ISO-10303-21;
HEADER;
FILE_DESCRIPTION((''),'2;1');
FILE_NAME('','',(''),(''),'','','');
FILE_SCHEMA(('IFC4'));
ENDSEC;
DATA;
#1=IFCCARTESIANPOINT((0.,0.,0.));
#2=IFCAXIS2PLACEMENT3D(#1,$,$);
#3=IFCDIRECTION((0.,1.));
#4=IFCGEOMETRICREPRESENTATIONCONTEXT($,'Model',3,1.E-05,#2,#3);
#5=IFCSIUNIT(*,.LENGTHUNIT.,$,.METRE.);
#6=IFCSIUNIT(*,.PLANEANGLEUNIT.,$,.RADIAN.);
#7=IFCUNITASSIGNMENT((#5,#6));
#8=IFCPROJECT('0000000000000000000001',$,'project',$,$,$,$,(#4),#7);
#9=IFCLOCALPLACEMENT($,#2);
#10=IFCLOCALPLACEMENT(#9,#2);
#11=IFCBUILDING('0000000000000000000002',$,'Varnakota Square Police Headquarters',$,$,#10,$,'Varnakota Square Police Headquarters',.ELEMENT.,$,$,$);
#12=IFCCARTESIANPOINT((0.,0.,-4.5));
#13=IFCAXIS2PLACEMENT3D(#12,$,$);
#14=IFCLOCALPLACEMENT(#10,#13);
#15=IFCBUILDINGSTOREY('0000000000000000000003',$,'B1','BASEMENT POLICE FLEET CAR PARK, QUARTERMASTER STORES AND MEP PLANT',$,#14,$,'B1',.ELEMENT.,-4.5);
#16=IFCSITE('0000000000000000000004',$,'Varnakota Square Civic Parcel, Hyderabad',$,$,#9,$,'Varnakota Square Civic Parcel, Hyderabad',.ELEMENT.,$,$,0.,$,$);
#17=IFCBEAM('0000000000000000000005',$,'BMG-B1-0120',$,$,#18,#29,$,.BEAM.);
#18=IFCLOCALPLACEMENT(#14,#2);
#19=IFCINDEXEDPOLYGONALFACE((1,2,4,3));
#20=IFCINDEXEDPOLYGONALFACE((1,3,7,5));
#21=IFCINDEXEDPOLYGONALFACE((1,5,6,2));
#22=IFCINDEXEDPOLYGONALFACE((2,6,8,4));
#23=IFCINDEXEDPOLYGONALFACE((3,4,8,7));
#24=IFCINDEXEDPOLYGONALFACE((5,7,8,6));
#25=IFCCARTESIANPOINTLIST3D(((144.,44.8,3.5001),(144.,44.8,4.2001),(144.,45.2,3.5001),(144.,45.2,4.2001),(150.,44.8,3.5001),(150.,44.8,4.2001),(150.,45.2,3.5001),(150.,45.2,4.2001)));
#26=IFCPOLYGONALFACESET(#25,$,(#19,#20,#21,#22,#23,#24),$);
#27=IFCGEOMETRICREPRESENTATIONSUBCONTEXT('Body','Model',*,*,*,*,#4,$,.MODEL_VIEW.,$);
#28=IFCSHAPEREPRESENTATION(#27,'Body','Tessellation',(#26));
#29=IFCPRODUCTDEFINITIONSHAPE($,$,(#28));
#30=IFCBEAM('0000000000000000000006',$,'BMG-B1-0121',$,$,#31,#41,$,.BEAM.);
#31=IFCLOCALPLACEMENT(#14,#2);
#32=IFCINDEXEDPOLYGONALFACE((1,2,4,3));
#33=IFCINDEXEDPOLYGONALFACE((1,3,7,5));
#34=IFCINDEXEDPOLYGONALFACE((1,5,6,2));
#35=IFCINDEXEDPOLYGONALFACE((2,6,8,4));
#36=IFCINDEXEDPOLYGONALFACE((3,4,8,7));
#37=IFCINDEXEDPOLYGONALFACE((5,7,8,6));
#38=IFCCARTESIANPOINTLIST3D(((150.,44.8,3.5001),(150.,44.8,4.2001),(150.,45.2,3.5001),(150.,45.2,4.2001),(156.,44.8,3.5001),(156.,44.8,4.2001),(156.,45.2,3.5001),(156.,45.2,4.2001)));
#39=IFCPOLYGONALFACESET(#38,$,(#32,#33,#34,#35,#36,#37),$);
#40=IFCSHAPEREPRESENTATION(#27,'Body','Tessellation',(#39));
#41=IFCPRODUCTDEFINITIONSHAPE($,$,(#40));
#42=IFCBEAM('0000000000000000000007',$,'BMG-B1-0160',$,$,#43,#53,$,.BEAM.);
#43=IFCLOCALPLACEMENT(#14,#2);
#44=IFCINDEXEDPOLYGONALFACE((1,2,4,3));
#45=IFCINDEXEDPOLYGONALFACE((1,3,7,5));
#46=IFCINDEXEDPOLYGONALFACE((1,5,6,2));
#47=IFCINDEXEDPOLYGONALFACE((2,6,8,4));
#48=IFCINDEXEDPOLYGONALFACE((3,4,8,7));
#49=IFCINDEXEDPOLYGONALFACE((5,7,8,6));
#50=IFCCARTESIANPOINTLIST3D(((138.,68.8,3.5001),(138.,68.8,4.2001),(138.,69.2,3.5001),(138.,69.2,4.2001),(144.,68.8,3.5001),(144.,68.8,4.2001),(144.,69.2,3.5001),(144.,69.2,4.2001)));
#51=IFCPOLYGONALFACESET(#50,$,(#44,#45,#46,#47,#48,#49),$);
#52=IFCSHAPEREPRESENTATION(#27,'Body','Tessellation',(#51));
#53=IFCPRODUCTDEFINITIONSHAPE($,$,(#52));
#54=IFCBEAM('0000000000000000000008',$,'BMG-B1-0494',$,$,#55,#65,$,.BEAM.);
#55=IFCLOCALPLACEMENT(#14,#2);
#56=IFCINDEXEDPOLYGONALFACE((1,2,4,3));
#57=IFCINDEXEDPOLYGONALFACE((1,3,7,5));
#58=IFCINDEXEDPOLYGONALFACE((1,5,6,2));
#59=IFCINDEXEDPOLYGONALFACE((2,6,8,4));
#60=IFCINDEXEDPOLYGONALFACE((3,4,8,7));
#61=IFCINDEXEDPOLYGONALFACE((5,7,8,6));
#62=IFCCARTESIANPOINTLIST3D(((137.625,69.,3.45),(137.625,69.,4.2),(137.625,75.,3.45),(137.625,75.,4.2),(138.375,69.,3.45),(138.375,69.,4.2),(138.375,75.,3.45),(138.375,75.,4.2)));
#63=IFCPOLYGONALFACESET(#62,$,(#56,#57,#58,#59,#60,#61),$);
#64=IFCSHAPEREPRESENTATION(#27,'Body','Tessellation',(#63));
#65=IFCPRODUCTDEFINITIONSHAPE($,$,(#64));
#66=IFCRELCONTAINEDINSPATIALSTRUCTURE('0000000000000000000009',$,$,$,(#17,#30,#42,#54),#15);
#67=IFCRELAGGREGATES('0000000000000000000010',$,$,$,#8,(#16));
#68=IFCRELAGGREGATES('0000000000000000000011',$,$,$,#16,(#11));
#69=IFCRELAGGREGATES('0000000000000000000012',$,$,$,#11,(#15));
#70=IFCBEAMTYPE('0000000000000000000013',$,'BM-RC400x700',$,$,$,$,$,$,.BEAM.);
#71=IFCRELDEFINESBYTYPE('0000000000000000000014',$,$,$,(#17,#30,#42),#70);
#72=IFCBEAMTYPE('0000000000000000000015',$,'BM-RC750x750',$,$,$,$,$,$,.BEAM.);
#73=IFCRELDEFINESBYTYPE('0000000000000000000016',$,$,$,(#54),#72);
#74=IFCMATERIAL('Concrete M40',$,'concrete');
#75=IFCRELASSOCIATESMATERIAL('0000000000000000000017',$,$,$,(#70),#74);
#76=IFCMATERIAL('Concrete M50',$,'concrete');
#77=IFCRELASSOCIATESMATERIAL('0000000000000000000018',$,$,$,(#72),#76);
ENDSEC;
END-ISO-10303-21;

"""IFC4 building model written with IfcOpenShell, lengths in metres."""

from ifc_helpers import new_model, si_unit, direction, frame, origin, origin_2d, place, context, subcontext, project, spatial, rectangle, extrude, material, material_profile, profile_set, type_object, element, save


model = new_model("IFC4")

# Units and contexts
model_context = context("Model", 3, precision=1e-05, world=origin(), true_north=direction((0.0, 1.0)))
body_context = subcontext(model_context, "Body", "Model", "MODEL_VIEW")
ifc_project = project(units=[si_unit("LENGTHUNIT", "METRE"), si_unit("PLANEANGLEUNIT", "RADIAN")], contexts=[model_context])

# Site, building, storey
site_placement = place(None, origin())
site = spatial("IfcSite", under=ifc_project, at=site_placement, Name="Varnakota Square Civic Parcel, Hyderabad", LongName="Varnakota Square Civic Parcel, Hyderabad", CompositionType="ELEMENT", RefElevation=0.0)
building_placement = place(site_placement, origin())
building = spatial("IfcBuilding", under=site, at=building_placement, Name="Varnakota Square Police Headquarters", LongName="Varnakota Square Police Headquarters", CompositionType="ELEMENT")
storey_placement = place(building_placement, frame((0.0, 0.0, -4.5)))
storey = spatial("IfcBuildingStorey", under=building, at=storey_placement, Name="B1", Description="BASEMENT POLICE FLEET CAR PARK, QUARTERMASTER STORES AND MEP PLANT", LongName="B1", CompositionType="ELEMENT", Elevation=-4.5)

# Shared definitions
ifc_material_1 = material(Name="Concrete M40", Category="concrete")
ifc_material_2 = material(Name="Concrete M50", Category="concrete")

# Beams
ifc_material_profile_1 = material_profile(ifc_material_1, rectangle(XDim=0.3999, YDim=0.7, at=origin_2d()), Name="RC 400x700")
ifc_profile_set_1 = profile_set([ifc_material_profile_1], Name="Concrete M40")
beam_type_1 = type_object("IfcBeamType", Name="BM-RC400x700", PredefinedType="BEAM", material=ifc_profile_set_1)
for number, where, z_axis, x_axis, name in (
    (1, (144.0, 45.0, 3.8501), (1.0, 0.0, 0.0), (0.0, 1.0, 0.0), "BMG-B1-0120"),
    (2, (150.0, 45.0, 3.8501), (1.0, 0.0, 0.0), (0.0, 1.0, 0.0), "BMG-B1-0121"),
    (3, (138.0, 69.0, 3.8501), (1.0, 0.0, 0.0), (0.0, 1.0, 0.0), "BMG-B1-0160"),
):
    element("IfcBeam", number, at=place(storey_placement, frame(where, z_axis=z_axis, x_axis=x_axis)), inside=storey, type_object=beam_type_1, Name=name, PredefinedType="BEAM", context=body_context, shape_type="SweptSolid", body=[
        extrude(rectangle(XDim=0.3999, YDim=0.7, at=origin_2d()), origin(), (0.0, 0.0, 1.0), 6.0),
    ])
ifc_material_profile_2 = material_profile(ifc_material_2, rectangle(XDim=0.75, YDim=0.75, at=origin_2d()), Name="RC 750x750")
ifc_profile_set_2 = profile_set([ifc_material_profile_2], Name="Concrete M50")
beam_type_2 = type_object("IfcBeamType", Name="BM-RC750x750", PredefinedType="BEAM", material=ifc_profile_set_2)
beam_placement = place(storey_placement, frame((138.0, 69.0, 3.825), z_axis=(0.0, 1.0, 0.0), x_axis=(-1.0, 0.0, 0.0)))
element("IfcBeam", 4, at=beam_placement, inside=storey, type_object=beam_type_2, Name="BMG-B1-0494", PredefinedType="BEAM", context=body_context, shape_type="SweptSolid", body=[
    extrude(rectangle(XDim=0.75, YDim=0.75, at=origin_2d()), origin(), (0.0, 0.0, 1.0), 6.0),
])

save(model, "model.ifc")
